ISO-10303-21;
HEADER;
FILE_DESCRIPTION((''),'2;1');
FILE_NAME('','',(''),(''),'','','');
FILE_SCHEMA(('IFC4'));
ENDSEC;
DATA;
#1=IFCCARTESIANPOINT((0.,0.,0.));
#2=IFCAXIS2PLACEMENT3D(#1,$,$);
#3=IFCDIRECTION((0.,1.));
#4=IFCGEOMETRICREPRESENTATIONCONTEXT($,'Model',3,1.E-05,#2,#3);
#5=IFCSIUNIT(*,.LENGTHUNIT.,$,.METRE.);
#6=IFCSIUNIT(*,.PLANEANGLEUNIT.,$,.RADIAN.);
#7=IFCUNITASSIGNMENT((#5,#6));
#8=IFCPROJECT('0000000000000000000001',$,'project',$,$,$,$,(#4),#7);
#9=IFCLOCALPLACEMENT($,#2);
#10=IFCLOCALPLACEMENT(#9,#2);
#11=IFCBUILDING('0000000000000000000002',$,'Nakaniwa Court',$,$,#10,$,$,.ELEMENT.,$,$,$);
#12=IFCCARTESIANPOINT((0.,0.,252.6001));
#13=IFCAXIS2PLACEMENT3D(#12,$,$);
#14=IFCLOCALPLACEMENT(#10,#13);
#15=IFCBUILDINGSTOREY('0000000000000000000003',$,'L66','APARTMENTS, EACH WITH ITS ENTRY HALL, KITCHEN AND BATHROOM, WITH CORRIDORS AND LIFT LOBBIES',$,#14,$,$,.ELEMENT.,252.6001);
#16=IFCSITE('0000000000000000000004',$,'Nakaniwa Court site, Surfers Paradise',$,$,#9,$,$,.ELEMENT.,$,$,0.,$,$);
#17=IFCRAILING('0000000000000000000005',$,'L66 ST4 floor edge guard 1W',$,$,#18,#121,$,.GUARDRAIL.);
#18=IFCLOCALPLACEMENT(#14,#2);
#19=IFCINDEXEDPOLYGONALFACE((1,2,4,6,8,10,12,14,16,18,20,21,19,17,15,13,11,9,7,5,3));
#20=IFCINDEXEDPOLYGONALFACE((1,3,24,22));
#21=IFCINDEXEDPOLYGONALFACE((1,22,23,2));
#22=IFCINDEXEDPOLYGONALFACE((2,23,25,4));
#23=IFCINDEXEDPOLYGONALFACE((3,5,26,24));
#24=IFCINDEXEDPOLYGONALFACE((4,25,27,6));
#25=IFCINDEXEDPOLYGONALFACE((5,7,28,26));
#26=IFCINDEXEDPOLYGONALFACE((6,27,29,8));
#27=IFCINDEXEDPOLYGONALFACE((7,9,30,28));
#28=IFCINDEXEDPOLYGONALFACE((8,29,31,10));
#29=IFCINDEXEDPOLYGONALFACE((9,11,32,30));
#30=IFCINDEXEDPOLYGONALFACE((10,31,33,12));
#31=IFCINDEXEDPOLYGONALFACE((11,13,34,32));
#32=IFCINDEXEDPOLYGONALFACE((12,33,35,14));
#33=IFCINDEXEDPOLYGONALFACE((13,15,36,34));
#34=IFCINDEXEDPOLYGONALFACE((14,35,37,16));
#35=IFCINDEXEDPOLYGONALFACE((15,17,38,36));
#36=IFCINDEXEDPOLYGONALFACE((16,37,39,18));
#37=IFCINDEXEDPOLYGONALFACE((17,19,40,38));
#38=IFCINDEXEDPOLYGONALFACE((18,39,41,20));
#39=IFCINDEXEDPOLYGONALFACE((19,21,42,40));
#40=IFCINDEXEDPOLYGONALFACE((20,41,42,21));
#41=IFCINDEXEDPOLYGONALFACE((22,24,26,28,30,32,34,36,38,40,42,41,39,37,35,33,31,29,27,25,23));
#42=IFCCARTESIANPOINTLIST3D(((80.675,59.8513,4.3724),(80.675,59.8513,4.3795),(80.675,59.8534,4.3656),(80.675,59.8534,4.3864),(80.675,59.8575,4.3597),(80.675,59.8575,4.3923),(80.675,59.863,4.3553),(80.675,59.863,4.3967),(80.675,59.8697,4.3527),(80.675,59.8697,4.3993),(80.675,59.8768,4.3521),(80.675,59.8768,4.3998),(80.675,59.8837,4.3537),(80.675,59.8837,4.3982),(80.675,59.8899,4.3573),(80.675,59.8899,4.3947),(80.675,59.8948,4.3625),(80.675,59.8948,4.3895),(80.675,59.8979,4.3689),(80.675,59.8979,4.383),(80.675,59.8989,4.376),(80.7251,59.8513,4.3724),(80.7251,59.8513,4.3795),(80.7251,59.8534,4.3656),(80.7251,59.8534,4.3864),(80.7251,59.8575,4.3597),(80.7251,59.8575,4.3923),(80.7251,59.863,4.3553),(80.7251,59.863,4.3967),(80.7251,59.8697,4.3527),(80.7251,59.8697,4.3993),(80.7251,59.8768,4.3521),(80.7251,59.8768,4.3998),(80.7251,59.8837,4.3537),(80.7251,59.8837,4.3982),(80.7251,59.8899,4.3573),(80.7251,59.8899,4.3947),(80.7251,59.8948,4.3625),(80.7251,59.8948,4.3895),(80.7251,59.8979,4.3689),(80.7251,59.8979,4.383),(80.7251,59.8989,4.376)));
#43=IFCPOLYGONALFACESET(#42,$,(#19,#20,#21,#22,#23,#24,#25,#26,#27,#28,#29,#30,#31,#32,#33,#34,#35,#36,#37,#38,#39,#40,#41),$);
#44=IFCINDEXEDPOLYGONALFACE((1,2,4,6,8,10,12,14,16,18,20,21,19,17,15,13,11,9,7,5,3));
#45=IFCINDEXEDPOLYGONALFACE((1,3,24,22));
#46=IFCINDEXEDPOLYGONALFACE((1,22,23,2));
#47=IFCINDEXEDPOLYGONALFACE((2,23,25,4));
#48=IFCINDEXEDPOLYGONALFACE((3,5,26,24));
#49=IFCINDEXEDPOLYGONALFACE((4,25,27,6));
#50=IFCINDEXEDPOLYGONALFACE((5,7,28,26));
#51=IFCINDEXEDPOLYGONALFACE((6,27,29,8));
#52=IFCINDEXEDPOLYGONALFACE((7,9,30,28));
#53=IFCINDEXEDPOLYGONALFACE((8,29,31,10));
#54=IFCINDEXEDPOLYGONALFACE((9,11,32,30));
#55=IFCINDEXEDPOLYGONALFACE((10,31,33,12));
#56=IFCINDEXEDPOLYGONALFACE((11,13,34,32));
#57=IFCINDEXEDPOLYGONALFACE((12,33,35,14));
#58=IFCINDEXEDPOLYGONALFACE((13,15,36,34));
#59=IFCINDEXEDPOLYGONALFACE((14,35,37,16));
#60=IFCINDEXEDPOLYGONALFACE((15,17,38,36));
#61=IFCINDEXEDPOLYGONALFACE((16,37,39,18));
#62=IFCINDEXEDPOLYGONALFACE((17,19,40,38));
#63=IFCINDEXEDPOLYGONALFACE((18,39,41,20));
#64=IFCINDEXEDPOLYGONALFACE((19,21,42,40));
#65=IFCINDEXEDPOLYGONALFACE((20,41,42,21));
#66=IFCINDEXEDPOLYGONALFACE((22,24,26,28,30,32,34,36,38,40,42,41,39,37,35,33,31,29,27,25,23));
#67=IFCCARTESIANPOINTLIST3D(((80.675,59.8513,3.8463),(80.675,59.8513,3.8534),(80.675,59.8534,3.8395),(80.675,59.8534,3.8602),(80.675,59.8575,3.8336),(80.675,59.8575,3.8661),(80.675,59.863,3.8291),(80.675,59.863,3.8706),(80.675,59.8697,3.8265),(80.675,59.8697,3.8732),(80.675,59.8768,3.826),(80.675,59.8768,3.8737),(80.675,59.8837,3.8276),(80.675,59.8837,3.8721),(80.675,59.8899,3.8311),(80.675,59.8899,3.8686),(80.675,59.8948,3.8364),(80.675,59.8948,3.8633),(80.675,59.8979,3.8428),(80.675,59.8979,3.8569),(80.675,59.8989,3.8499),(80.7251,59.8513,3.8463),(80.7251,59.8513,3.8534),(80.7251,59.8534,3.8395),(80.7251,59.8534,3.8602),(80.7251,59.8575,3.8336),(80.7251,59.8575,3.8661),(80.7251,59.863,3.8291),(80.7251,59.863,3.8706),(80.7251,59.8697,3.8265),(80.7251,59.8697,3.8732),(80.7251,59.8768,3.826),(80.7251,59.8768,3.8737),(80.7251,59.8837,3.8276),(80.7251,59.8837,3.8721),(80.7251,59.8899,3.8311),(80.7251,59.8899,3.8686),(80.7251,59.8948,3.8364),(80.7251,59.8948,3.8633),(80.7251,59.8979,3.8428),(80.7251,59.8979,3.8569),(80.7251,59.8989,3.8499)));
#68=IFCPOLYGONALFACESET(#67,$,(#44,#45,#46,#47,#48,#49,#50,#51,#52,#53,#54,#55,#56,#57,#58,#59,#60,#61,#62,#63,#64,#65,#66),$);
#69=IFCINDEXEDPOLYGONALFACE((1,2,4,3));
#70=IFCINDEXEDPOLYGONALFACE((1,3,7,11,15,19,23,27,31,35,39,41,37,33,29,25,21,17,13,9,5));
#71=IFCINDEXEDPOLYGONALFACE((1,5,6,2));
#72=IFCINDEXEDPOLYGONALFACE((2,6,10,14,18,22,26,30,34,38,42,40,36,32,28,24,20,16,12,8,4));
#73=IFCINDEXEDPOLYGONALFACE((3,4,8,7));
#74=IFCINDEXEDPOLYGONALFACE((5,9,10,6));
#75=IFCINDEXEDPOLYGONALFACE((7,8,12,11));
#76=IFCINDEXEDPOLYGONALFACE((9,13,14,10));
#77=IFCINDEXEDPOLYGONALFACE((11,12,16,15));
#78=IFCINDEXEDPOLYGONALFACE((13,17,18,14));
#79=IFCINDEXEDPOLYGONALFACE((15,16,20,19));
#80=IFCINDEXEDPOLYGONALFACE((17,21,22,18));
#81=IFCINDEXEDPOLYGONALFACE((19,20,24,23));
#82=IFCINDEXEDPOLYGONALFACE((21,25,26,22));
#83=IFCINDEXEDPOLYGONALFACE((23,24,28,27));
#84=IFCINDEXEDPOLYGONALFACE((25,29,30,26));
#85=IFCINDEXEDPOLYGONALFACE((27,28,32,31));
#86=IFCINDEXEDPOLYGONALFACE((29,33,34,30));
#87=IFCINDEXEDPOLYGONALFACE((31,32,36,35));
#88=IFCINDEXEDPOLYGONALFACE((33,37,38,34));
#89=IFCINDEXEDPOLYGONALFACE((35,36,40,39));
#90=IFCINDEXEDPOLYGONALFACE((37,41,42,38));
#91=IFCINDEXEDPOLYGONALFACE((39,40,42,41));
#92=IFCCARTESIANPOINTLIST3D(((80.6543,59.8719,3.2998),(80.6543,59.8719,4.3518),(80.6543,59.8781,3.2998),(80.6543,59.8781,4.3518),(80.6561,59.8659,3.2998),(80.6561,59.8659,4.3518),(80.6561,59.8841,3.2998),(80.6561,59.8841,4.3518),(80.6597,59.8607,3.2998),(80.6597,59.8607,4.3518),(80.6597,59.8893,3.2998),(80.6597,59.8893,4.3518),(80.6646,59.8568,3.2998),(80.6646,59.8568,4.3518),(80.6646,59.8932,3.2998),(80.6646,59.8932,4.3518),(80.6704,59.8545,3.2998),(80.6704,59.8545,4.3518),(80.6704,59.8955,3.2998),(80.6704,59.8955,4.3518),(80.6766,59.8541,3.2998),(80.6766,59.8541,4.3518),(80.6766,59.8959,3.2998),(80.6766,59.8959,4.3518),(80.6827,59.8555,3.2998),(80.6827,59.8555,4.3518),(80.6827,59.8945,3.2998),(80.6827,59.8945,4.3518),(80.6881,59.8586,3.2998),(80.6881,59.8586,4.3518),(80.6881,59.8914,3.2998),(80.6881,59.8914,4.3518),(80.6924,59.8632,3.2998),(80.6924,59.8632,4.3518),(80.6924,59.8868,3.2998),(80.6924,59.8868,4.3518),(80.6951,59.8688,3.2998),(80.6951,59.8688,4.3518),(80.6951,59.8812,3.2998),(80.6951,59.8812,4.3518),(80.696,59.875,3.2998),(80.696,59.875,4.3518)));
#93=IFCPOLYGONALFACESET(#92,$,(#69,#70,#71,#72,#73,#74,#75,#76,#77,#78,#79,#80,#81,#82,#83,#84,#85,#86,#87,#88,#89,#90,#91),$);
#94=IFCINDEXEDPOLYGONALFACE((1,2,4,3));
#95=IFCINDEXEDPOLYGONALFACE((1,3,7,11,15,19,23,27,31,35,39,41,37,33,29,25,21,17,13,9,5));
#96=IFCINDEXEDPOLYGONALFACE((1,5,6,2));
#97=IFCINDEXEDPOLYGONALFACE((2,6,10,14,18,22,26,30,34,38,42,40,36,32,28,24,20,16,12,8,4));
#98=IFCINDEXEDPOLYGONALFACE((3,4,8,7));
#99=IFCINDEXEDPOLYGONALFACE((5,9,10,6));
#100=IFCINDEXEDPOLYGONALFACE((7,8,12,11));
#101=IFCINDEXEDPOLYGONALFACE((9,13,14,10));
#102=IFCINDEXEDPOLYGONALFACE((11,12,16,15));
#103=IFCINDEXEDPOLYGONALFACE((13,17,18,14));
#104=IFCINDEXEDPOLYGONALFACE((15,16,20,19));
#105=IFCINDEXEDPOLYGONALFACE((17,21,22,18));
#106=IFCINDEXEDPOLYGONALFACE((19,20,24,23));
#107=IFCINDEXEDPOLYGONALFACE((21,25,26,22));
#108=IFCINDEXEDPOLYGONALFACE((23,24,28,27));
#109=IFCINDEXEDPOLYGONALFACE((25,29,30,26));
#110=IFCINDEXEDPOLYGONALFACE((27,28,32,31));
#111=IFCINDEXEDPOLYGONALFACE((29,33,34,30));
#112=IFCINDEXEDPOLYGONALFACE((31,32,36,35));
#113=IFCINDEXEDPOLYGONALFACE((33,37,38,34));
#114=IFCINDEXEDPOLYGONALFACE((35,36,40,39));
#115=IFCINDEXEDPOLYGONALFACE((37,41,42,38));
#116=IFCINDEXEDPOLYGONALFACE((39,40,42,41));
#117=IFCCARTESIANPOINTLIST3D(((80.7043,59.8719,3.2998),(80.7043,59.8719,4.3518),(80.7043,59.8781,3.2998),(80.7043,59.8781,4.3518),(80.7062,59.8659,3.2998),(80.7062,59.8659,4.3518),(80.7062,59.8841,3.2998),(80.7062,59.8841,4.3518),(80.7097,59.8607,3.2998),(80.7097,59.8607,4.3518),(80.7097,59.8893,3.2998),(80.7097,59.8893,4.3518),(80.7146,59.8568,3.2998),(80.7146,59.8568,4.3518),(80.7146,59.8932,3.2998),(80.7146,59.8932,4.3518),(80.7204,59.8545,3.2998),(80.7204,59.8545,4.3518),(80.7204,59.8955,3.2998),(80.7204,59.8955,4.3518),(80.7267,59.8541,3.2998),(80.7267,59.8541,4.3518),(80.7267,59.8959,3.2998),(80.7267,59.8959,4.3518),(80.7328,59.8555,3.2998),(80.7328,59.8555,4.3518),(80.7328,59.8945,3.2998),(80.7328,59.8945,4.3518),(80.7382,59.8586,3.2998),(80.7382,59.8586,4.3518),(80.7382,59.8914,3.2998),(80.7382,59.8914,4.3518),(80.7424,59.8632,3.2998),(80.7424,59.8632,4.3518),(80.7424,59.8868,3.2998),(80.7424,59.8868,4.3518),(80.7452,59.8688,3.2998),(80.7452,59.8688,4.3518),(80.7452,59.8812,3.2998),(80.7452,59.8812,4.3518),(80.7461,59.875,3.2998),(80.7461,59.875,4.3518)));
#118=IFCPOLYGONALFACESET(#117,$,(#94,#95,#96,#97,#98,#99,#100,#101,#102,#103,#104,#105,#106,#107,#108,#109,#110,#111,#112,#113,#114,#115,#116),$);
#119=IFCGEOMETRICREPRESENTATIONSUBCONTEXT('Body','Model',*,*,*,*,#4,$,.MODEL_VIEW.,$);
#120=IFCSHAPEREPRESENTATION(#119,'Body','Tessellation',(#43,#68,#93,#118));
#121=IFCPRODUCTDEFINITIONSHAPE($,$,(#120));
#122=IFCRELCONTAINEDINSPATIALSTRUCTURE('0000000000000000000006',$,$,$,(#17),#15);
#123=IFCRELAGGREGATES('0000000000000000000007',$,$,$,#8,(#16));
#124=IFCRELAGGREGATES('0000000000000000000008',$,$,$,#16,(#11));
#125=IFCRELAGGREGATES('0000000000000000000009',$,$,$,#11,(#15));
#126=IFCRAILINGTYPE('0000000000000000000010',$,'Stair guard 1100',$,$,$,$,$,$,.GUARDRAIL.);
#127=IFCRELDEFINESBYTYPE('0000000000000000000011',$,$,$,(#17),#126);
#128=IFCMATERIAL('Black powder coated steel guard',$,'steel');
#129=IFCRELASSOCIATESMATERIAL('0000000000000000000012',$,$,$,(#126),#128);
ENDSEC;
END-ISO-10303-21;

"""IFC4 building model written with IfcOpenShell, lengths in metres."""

from ifc_helpers import new_model, si_unit, direction, frame, origin, origin_2d, place, context, subcontext, project, spatial, circle, extrude, material, type_object, element, save


model = new_model("IFC4")

# Units and contexts
model_context = context("Model", 3, precision=1e-05, world=origin(), true_north=direction((0.0, 1.0)))
body_context = subcontext(model_context, "Body", "Model", "MODEL_VIEW")
ifc_project = project(units=[si_unit("LENGTHUNIT", "METRE"), si_unit("PLANEANGLEUNIT", "RADIAN")], contexts=[model_context])

# Site, building, storey
site_placement = place(None, origin())
site = spatial("IfcSite", under=ifc_project, at=site_placement, Name="Nakaniwa Court site, Surfers Paradise", CompositionType="ELEMENT", RefElevation=0.0)
building_placement = place(site_placement, origin())
building = spatial("IfcBuilding", under=site, at=building_placement, Name="Nakaniwa Court", CompositionType="ELEMENT")
storey_placement = place(building_placement, frame((0.0, 0.0, 252.6001)))
storey = spatial("IfcBuildingStorey", under=building, at=storey_placement, Name="L66", Description="APARTMENTS, EACH WITH ITS ENTRY HALL, KITCHEN AND BATHROOM, WITH CORRIDORS AND LIFT LOBBIES", CompositionType="ELEMENT", Elevation=252.6001)

# Railing
ifc_material_1 = material(Name="Black powder coated steel guard", Category="steel")
railing_type_1 = type_object("IfcRailingType", Name="Stair guard 1100", PredefinedType="GUARDRAIL", material=ifc_material_1)
for number, where, name in (
    (1, (80.675, 59.875, 3.2998), "L66 ST4 floor edge guard 1W"),
):
    element("IfcRailing", number, at=place(storey_placement, frame(where)), inside=storey, type_object=railing_type_1, Name=name, PredefinedType="GUARDRAIL", context=body_context, shape_type="SweptSolid", body=[
        extrude(circle(Radius=0.0239, at=origin_2d()), frame((0.0, 0.0, 1.0762), z_axis=(1.0, 0.0, 0.0), x_axis=(0.0, 1.0, 0.0)), (0.0, 0.0, 1.0), 0.05),
        extrude(circle(Radius=0.0239, at=origin_2d()), frame((0.0, 0.0, 0.55), z_axis=(1.0, 0.0, 0.0), x_axis=(0.0, 1.0, 0.0)), (0.0, 0.0, 1.0), 0.05),
        extrude(circle(Radius=0.021, at=origin_2d()), origin(), (0.0, 0.0, 1.0), 1.052),
        extrude(circle(Radius=0.021, at=origin_2d()), frame((0.05, 0.0, 0.0)), (0.0, 0.0, 1.0), 1.052),
    ])

save(model, "model.ifc")
